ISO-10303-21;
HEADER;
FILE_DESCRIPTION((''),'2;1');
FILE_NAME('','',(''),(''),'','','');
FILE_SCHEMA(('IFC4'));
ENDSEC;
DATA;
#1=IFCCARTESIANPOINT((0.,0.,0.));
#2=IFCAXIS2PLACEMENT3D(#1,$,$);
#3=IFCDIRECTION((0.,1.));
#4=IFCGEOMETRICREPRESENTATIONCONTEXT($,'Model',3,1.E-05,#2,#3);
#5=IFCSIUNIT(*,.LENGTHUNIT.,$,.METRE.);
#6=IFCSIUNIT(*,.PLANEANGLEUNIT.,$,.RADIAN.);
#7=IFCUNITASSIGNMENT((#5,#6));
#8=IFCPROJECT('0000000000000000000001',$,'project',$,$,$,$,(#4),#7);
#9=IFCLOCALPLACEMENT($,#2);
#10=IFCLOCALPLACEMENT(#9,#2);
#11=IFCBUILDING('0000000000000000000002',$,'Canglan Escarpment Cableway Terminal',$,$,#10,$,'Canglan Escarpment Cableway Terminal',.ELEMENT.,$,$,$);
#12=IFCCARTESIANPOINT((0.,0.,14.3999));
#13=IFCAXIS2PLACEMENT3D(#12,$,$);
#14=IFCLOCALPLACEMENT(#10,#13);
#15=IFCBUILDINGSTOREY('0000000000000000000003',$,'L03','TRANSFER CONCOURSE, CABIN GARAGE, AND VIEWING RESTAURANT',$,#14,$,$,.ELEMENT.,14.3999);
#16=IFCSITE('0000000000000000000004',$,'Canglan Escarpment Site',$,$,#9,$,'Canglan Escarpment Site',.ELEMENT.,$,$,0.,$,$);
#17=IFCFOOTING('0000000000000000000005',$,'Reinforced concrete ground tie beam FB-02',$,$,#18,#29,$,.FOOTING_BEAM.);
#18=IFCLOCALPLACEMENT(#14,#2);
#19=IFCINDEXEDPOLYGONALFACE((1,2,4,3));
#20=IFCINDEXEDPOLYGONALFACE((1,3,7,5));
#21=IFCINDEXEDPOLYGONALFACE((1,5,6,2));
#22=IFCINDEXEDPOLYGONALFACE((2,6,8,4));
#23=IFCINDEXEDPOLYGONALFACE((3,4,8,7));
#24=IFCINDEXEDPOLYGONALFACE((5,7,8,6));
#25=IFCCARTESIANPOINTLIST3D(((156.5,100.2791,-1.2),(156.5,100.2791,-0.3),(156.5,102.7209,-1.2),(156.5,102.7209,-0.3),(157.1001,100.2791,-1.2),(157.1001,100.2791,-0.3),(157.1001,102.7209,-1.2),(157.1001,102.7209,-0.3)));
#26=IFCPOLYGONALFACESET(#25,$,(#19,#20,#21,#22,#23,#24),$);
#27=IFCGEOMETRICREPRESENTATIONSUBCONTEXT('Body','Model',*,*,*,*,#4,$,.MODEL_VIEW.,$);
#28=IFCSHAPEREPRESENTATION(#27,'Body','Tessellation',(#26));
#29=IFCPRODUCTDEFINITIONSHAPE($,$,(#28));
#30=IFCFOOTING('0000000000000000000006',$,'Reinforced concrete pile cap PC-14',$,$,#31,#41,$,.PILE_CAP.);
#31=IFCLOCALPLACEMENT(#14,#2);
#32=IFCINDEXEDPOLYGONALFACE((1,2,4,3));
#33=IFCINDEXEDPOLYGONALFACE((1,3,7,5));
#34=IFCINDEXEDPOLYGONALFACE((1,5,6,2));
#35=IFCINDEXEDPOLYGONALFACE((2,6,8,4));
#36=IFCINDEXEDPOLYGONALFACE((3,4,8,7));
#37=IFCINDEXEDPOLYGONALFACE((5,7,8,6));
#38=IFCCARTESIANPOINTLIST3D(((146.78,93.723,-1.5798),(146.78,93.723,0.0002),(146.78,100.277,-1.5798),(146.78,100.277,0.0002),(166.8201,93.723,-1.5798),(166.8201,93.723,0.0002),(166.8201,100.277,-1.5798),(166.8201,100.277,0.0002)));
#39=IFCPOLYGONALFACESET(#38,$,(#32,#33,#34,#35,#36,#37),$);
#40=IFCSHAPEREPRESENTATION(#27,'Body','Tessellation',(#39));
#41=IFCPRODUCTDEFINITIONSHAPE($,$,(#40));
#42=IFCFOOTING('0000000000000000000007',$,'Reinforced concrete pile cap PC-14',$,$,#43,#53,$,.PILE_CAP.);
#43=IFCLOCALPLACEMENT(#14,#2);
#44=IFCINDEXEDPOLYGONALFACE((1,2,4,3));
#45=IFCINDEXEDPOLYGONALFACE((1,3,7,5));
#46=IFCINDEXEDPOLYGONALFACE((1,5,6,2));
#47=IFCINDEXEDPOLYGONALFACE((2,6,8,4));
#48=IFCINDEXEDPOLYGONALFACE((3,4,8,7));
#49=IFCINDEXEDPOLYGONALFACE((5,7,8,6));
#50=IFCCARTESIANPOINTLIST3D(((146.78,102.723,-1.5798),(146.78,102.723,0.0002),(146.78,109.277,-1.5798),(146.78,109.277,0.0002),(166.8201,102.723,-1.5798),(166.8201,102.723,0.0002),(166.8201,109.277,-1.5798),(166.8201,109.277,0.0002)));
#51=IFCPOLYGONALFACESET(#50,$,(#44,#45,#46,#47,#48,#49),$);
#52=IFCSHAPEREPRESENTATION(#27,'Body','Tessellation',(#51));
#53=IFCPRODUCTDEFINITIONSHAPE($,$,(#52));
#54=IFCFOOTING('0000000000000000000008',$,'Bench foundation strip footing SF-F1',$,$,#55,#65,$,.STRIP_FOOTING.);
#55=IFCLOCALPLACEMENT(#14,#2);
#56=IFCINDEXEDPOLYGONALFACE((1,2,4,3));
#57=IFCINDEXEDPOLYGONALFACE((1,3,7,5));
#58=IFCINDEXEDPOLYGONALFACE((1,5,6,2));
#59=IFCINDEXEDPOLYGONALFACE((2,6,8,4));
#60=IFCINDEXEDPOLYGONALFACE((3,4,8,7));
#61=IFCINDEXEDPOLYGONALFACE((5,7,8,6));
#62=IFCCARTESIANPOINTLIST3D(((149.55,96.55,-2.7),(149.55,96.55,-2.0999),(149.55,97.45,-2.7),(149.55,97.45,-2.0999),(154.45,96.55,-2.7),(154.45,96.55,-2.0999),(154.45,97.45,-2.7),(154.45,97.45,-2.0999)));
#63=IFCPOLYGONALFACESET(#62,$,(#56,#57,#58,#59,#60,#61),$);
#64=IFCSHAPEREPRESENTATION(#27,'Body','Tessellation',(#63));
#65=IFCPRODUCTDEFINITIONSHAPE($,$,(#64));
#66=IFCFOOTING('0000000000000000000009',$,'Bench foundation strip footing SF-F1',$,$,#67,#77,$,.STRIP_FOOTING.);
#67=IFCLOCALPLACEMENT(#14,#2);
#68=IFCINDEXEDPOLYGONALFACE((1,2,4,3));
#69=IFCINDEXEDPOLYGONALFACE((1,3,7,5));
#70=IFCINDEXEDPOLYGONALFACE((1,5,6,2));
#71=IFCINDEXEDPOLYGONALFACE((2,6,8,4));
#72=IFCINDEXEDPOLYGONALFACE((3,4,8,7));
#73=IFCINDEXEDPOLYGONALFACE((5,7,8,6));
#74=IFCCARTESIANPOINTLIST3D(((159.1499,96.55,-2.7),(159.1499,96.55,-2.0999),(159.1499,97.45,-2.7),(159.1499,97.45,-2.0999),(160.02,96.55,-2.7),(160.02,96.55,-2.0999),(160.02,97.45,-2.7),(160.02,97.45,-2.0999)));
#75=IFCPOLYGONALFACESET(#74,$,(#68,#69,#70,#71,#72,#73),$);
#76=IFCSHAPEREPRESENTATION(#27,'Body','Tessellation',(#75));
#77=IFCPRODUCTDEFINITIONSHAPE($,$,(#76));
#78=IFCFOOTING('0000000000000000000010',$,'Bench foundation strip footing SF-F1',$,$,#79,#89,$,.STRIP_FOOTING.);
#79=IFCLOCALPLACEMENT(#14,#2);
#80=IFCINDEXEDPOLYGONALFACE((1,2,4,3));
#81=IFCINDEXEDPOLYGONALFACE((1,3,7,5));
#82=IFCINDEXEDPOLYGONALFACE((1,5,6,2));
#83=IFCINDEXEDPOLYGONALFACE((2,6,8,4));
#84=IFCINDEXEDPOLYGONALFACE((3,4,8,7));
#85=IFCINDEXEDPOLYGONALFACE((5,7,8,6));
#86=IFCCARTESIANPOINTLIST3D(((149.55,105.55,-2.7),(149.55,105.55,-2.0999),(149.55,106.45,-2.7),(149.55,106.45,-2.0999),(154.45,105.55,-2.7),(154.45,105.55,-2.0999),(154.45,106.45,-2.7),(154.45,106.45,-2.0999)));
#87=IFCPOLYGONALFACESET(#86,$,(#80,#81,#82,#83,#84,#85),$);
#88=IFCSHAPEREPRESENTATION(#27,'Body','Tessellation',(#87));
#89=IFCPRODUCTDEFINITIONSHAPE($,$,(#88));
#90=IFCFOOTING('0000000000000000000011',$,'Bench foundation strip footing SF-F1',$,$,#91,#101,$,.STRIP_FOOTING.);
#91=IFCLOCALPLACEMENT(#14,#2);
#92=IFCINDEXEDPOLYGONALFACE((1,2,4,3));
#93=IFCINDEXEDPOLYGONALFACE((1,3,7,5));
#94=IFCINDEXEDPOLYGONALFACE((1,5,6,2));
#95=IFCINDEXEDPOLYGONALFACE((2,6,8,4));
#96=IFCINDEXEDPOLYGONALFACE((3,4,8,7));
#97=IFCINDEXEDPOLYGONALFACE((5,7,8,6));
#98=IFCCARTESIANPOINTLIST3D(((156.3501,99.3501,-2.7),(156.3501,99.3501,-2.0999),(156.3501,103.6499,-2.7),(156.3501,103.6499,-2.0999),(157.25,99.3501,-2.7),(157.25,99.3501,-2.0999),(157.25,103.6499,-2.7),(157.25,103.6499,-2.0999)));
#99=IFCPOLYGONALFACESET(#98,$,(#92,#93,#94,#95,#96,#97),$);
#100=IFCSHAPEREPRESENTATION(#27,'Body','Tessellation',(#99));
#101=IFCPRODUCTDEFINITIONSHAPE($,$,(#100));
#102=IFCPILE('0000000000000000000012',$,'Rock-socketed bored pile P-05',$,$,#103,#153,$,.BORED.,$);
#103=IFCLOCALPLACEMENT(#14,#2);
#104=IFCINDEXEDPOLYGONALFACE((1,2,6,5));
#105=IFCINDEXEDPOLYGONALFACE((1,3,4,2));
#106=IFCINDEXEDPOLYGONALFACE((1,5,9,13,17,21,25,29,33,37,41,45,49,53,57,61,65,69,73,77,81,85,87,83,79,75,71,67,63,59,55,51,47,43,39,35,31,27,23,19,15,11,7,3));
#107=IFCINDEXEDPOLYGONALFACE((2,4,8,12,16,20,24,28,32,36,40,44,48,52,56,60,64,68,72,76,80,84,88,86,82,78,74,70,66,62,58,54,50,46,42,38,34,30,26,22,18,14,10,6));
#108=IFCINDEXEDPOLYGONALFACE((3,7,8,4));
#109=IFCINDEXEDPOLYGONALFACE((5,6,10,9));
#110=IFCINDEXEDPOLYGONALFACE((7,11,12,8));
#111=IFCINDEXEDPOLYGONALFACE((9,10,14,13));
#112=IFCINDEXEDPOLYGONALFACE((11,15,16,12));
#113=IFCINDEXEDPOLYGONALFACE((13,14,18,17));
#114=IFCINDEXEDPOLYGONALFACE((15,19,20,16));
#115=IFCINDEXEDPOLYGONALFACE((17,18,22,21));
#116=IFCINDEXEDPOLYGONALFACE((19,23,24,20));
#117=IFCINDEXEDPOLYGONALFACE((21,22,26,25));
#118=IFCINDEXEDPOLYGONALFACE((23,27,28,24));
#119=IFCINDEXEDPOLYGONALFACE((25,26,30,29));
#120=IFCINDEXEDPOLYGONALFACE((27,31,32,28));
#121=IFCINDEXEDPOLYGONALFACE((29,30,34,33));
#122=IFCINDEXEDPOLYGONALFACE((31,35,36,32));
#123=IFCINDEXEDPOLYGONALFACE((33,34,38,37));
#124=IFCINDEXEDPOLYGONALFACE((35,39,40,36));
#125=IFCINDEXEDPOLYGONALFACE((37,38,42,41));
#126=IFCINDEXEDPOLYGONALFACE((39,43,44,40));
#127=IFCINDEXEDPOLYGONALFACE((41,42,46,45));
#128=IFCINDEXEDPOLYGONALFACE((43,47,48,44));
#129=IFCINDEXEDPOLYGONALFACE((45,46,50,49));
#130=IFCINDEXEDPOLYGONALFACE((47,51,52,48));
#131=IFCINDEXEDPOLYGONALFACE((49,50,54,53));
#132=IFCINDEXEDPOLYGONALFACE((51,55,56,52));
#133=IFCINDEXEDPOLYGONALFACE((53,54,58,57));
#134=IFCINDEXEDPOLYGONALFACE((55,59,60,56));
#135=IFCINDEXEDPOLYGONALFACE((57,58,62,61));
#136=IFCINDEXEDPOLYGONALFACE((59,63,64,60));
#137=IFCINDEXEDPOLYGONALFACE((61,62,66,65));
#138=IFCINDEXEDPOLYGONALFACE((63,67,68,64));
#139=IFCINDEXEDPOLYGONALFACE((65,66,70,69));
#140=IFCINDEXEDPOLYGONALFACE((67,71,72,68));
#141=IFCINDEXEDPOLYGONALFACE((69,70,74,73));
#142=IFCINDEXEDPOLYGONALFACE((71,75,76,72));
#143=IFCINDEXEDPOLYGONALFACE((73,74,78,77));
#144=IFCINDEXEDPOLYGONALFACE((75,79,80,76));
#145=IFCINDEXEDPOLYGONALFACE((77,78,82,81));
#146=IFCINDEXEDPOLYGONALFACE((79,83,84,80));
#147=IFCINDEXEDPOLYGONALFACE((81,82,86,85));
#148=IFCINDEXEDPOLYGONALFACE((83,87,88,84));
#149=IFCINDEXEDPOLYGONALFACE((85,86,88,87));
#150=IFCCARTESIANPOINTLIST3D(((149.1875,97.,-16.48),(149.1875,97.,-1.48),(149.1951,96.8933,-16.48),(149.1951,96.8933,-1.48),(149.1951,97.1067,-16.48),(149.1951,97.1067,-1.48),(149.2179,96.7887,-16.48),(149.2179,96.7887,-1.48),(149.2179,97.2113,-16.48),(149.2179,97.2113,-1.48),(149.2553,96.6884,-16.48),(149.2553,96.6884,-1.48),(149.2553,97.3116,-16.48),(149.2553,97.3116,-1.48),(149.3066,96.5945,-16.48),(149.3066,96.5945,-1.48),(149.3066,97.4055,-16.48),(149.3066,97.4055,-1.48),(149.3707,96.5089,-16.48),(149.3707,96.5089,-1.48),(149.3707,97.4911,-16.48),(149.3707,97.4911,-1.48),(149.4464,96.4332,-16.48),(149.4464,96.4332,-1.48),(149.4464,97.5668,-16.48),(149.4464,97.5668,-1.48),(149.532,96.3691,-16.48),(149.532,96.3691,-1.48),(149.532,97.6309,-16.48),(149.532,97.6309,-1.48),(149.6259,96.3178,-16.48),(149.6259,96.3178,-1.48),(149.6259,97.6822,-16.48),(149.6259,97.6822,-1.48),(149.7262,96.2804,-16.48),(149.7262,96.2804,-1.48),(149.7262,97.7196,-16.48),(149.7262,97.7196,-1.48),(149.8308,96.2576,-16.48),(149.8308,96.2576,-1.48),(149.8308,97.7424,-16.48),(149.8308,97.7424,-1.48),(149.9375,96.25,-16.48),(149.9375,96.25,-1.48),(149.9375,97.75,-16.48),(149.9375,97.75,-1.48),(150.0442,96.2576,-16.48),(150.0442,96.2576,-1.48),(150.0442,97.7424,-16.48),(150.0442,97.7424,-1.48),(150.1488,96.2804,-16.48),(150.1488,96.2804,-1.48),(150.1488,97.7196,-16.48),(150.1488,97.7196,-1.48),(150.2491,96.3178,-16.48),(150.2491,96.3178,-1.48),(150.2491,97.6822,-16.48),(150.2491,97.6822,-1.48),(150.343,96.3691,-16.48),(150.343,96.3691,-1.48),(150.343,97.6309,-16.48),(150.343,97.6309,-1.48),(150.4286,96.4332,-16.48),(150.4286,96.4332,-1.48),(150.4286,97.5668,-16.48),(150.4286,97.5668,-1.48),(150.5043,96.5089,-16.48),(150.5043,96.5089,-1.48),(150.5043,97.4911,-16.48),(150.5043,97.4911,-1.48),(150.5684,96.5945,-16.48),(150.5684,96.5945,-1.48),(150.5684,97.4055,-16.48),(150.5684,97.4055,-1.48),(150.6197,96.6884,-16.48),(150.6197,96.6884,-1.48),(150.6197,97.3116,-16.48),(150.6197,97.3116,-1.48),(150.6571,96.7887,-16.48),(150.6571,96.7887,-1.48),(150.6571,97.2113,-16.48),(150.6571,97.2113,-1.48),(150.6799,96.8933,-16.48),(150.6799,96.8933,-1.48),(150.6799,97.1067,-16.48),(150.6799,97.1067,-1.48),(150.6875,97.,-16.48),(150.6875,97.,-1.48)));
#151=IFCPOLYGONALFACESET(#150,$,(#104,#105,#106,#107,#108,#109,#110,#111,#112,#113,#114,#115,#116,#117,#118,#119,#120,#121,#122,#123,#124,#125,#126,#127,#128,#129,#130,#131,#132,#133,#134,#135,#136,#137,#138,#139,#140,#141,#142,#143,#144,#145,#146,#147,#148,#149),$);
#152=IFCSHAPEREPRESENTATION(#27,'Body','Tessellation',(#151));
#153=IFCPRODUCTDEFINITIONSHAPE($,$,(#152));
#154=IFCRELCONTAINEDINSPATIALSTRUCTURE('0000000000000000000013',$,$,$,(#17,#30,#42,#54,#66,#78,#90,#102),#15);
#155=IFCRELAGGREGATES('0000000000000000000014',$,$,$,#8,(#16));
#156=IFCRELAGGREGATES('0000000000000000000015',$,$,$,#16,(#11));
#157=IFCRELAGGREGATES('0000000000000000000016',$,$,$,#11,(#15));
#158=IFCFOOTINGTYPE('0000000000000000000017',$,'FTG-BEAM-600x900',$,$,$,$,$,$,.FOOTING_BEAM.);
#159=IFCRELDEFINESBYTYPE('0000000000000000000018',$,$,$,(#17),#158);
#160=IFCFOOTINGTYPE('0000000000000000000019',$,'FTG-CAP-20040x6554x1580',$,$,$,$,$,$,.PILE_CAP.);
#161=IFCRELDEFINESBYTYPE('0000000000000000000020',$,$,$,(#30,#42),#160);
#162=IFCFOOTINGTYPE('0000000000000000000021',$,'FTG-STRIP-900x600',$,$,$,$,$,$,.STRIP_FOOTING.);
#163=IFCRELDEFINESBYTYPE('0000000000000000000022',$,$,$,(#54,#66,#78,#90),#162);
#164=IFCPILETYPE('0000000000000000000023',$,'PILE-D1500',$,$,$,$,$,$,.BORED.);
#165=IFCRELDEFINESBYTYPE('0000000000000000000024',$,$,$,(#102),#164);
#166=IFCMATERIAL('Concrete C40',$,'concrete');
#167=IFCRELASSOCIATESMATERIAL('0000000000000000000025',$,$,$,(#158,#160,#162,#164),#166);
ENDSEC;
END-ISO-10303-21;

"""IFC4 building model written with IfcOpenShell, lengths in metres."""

from ifc_helpers import new_model, si_unit, direction, frame, origin, origin_2d, place, context, subcontext, project, spatial, rectangle, circle, extrude, material, material_profile, profile_set, type_object, element, save


model = new_model("IFC4")

# Units and contexts
model_context = context("Model", 3, precision=1e-05, world=origin(), true_north=direction((0.0, 1.0)))
body_context = subcontext(model_context, "Body", "Model", "MODEL_VIEW")
ifc_project = project(units=[si_unit("LENGTHUNIT", "METRE"), si_unit("PLANEANGLEUNIT", "RADIAN")], contexts=[model_context])

# Site, building, storey
site_placement = place(None, origin())
site = spatial("IfcSite", under=ifc_project, at=site_placement, Name="Canglan Escarpment Site", LongName="Canglan Escarpment Site", CompositionType="ELEMENT", RefElevation=0.0)
building_placement = place(site_placement, origin())
building = spatial("IfcBuilding", under=site, at=building_placement, Name="Canglan Escarpment Cableway Terminal", LongName="Canglan Escarpment Cableway Terminal", CompositionType="ELEMENT")
storey_placement = place(building_placement, frame((0.0, 0.0, 14.3999)))
storey = spatial("IfcBuildingStorey", under=building, at=storey_placement, Name="L03", Description="TRANSFER CONCOURSE, CABIN GARAGE, AND VIEWING RESTAURANT", CompositionType="ELEMENT", Elevation=14.3999)

# Footings
ifc_material_1 = material(Name="Concrete C40", Category="concrete")
ifc_material_profile_1 = material_profile(ifc_material_1, rectangle(XDim=0.6001, YDim=0.8999, at=origin_2d()), Name="FB 600x900")
ifc_profile_set_1 = profile_set([ifc_material_profile_1], Name="Concrete C40")
footing_type_1 = type_object("IfcFootingType", Name="FTG-BEAM-600x900", PredefinedType="FOOTING_BEAM", material=ifc_profile_set_1)
footing_1_placement = place(storey_placement, frame((156.8, 100.2791, -0.75), z_axis=(0.0, 1.0, 0.0), x_axis=(-1.0, 0.0, 0.0)))
element("IfcFooting", 1, at=footing_1_placement, inside=storey, type_object=footing_type_1, Name="Reinforced concrete ground tie beam FB-02", PredefinedType="FOOTING_BEAM", context=body_context, shape_type="SweptSolid", body=[
    extrude(rectangle(XDim=0.6001, YDim=0.8999, at=origin_2d()), origin(), (0.0, 0.0, 1.0), 2.4419),
])
footing_type_2 = type_object("IfcFootingType", Name="FTG-CAP-20040x6554x1580", PredefinedType="PILE_CAP", material=ifc_material_1)
for number, where, z_axis, x_axis, name in (
    (2, (156.8, 97.0, -1.5798), (0.0, 0.0, 1.0), (1.0, 0.0, 0.0), "Reinforced concrete pile cap PC-14"),
    (3, (156.8, 106.0, -1.5798), (0.0, 0.0, 1.0), (1.0, 0.0, 0.0), "Reinforced concrete pile cap PC-14"),
):
    element("IfcFooting", number, at=place(storey_placement, frame(where, z_axis=z_axis, x_axis=x_axis)), inside=storey, type_object=footing_type_2, Name=name, PredefinedType="PILE_CAP", context=body_context, shape_type="SweptSolid", body=[
        extrude(rectangle(XDim=20.04, YDim=6.554, at=origin_2d()), origin(), (0.0, 0.0, 1.0), 1.5801),
    ])
ifc_material_profile_2 = material_profile(ifc_material_1, rectangle(XDim=0.8999, YDim=0.6001, at=origin_2d()), Name="SF 900x600")
ifc_profile_set_2 = profile_set([ifc_material_profile_2], Name="Concrete C40")
footing_type_3 = type_object("IfcFootingType", Name="FTG-STRIP-900x600", PredefinedType="STRIP_FOOTING", material=ifc_profile_set_2)
footing_2_placement = place(storey_placement, frame((149.55, 97.0, -2.3999), z_axis=(1.0, 0.0, 0.0), x_axis=(0.0, 1.0, 0.0)))
element("IfcFooting", 4, at=footing_2_placement, inside=storey, type_object=footing_type_3, Name="Bench foundation strip footing SF-F1", PredefinedType="STRIP_FOOTING", context=body_context, shape_type="SweptSolid", body=[
    extrude(rectangle(XDim=0.8999, YDim=0.6001, at=origin_2d()), origin(), (0.0, 0.0, 1.0), 4.8999),
])
footing_3_placement = place(storey_placement, frame((159.1499, 97.0, -2.3999), z_axis=(1.0, 0.0, 0.0), x_axis=(0.0, 1.0, 0.0)))
element("IfcFooting", 5, at=footing_3_placement, inside=storey, type_object=footing_type_3, Name="Bench foundation strip footing SF-F1", PredefinedType="STRIP_FOOTING", context=body_context, shape_type="SweptSolid", body=[
    extrude(rectangle(XDim=0.8999, YDim=0.6001, at=origin_2d()), origin(), (0.0, 0.0, 1.0), 0.8701),
])
footing_4_placement = place(storey_placement, frame((149.55, 106.0, -2.3999), z_axis=(1.0, 0.0, 0.0), x_axis=(0.0, 1.0, 0.0)))
element("IfcFooting", 6, at=footing_4_placement, inside=storey, type_object=footing_type_3, Name="Bench foundation strip footing SF-F1", PredefinedType="STRIP_FOOTING", context=body_context, shape_type="SweptSolid", body=[
    extrude(rectangle(XDim=0.8999, YDim=0.6001, at=origin_2d()), origin(), (0.0, 0.0, 1.0), 4.8999),
])
footing_5_placement = place(storey_placement, frame((156.8, 99.3501, -2.3999), z_axis=(0.0, 1.0, 0.0), x_axis=(-1.0, 0.0, 0.0)))
element("IfcFooting", 7, at=footing_5_placement, inside=storey, type_object=footing_type_3, Name="Bench foundation strip footing SF-F1", PredefinedType="STRIP_FOOTING", context=body_context, shape_type="SweptSolid", body=[
    extrude(rectangle(XDim=0.8999, YDim=0.6001, at=origin_2d()), origin(), (0.0, 0.0, 1.0), 4.2998),
])

# Pile
ifc_material_profile_3 = material_profile(ifc_material_1, circle(Radius=0.75, at=origin_2d()), Name="BORED PILE D1500")
ifc_profile_set_3 = profile_set([ifc_material_profile_3], Name="Concrete C40")
pile_type = type_object("IfcPileType", Name="PILE-D1500", PredefinedType="BORED", material=ifc_profile_set_3)
for number, where, z_axis, x_axis, name in (
    (8, (149.9375, 97.0, -1.48), (0.0, 0.0, -1.0), (1.0, 0.0, 0.0), "Rock-socketed bored pile P-05"),
):
    element("IfcPile", number, at=place(storey_placement, frame(where, z_axis=z_axis, x_axis=x_axis)), inside=storey, type_object=pile_type, Name=name, PredefinedType="BORED", context=body_context, shape_type="SweptSolid", body=[
        extrude(circle(Radius=0.75, at=origin_2d()), origin(), (0.0, 0.0, 1.0), 15.0),
    ])

save(model, "model.ifc")
